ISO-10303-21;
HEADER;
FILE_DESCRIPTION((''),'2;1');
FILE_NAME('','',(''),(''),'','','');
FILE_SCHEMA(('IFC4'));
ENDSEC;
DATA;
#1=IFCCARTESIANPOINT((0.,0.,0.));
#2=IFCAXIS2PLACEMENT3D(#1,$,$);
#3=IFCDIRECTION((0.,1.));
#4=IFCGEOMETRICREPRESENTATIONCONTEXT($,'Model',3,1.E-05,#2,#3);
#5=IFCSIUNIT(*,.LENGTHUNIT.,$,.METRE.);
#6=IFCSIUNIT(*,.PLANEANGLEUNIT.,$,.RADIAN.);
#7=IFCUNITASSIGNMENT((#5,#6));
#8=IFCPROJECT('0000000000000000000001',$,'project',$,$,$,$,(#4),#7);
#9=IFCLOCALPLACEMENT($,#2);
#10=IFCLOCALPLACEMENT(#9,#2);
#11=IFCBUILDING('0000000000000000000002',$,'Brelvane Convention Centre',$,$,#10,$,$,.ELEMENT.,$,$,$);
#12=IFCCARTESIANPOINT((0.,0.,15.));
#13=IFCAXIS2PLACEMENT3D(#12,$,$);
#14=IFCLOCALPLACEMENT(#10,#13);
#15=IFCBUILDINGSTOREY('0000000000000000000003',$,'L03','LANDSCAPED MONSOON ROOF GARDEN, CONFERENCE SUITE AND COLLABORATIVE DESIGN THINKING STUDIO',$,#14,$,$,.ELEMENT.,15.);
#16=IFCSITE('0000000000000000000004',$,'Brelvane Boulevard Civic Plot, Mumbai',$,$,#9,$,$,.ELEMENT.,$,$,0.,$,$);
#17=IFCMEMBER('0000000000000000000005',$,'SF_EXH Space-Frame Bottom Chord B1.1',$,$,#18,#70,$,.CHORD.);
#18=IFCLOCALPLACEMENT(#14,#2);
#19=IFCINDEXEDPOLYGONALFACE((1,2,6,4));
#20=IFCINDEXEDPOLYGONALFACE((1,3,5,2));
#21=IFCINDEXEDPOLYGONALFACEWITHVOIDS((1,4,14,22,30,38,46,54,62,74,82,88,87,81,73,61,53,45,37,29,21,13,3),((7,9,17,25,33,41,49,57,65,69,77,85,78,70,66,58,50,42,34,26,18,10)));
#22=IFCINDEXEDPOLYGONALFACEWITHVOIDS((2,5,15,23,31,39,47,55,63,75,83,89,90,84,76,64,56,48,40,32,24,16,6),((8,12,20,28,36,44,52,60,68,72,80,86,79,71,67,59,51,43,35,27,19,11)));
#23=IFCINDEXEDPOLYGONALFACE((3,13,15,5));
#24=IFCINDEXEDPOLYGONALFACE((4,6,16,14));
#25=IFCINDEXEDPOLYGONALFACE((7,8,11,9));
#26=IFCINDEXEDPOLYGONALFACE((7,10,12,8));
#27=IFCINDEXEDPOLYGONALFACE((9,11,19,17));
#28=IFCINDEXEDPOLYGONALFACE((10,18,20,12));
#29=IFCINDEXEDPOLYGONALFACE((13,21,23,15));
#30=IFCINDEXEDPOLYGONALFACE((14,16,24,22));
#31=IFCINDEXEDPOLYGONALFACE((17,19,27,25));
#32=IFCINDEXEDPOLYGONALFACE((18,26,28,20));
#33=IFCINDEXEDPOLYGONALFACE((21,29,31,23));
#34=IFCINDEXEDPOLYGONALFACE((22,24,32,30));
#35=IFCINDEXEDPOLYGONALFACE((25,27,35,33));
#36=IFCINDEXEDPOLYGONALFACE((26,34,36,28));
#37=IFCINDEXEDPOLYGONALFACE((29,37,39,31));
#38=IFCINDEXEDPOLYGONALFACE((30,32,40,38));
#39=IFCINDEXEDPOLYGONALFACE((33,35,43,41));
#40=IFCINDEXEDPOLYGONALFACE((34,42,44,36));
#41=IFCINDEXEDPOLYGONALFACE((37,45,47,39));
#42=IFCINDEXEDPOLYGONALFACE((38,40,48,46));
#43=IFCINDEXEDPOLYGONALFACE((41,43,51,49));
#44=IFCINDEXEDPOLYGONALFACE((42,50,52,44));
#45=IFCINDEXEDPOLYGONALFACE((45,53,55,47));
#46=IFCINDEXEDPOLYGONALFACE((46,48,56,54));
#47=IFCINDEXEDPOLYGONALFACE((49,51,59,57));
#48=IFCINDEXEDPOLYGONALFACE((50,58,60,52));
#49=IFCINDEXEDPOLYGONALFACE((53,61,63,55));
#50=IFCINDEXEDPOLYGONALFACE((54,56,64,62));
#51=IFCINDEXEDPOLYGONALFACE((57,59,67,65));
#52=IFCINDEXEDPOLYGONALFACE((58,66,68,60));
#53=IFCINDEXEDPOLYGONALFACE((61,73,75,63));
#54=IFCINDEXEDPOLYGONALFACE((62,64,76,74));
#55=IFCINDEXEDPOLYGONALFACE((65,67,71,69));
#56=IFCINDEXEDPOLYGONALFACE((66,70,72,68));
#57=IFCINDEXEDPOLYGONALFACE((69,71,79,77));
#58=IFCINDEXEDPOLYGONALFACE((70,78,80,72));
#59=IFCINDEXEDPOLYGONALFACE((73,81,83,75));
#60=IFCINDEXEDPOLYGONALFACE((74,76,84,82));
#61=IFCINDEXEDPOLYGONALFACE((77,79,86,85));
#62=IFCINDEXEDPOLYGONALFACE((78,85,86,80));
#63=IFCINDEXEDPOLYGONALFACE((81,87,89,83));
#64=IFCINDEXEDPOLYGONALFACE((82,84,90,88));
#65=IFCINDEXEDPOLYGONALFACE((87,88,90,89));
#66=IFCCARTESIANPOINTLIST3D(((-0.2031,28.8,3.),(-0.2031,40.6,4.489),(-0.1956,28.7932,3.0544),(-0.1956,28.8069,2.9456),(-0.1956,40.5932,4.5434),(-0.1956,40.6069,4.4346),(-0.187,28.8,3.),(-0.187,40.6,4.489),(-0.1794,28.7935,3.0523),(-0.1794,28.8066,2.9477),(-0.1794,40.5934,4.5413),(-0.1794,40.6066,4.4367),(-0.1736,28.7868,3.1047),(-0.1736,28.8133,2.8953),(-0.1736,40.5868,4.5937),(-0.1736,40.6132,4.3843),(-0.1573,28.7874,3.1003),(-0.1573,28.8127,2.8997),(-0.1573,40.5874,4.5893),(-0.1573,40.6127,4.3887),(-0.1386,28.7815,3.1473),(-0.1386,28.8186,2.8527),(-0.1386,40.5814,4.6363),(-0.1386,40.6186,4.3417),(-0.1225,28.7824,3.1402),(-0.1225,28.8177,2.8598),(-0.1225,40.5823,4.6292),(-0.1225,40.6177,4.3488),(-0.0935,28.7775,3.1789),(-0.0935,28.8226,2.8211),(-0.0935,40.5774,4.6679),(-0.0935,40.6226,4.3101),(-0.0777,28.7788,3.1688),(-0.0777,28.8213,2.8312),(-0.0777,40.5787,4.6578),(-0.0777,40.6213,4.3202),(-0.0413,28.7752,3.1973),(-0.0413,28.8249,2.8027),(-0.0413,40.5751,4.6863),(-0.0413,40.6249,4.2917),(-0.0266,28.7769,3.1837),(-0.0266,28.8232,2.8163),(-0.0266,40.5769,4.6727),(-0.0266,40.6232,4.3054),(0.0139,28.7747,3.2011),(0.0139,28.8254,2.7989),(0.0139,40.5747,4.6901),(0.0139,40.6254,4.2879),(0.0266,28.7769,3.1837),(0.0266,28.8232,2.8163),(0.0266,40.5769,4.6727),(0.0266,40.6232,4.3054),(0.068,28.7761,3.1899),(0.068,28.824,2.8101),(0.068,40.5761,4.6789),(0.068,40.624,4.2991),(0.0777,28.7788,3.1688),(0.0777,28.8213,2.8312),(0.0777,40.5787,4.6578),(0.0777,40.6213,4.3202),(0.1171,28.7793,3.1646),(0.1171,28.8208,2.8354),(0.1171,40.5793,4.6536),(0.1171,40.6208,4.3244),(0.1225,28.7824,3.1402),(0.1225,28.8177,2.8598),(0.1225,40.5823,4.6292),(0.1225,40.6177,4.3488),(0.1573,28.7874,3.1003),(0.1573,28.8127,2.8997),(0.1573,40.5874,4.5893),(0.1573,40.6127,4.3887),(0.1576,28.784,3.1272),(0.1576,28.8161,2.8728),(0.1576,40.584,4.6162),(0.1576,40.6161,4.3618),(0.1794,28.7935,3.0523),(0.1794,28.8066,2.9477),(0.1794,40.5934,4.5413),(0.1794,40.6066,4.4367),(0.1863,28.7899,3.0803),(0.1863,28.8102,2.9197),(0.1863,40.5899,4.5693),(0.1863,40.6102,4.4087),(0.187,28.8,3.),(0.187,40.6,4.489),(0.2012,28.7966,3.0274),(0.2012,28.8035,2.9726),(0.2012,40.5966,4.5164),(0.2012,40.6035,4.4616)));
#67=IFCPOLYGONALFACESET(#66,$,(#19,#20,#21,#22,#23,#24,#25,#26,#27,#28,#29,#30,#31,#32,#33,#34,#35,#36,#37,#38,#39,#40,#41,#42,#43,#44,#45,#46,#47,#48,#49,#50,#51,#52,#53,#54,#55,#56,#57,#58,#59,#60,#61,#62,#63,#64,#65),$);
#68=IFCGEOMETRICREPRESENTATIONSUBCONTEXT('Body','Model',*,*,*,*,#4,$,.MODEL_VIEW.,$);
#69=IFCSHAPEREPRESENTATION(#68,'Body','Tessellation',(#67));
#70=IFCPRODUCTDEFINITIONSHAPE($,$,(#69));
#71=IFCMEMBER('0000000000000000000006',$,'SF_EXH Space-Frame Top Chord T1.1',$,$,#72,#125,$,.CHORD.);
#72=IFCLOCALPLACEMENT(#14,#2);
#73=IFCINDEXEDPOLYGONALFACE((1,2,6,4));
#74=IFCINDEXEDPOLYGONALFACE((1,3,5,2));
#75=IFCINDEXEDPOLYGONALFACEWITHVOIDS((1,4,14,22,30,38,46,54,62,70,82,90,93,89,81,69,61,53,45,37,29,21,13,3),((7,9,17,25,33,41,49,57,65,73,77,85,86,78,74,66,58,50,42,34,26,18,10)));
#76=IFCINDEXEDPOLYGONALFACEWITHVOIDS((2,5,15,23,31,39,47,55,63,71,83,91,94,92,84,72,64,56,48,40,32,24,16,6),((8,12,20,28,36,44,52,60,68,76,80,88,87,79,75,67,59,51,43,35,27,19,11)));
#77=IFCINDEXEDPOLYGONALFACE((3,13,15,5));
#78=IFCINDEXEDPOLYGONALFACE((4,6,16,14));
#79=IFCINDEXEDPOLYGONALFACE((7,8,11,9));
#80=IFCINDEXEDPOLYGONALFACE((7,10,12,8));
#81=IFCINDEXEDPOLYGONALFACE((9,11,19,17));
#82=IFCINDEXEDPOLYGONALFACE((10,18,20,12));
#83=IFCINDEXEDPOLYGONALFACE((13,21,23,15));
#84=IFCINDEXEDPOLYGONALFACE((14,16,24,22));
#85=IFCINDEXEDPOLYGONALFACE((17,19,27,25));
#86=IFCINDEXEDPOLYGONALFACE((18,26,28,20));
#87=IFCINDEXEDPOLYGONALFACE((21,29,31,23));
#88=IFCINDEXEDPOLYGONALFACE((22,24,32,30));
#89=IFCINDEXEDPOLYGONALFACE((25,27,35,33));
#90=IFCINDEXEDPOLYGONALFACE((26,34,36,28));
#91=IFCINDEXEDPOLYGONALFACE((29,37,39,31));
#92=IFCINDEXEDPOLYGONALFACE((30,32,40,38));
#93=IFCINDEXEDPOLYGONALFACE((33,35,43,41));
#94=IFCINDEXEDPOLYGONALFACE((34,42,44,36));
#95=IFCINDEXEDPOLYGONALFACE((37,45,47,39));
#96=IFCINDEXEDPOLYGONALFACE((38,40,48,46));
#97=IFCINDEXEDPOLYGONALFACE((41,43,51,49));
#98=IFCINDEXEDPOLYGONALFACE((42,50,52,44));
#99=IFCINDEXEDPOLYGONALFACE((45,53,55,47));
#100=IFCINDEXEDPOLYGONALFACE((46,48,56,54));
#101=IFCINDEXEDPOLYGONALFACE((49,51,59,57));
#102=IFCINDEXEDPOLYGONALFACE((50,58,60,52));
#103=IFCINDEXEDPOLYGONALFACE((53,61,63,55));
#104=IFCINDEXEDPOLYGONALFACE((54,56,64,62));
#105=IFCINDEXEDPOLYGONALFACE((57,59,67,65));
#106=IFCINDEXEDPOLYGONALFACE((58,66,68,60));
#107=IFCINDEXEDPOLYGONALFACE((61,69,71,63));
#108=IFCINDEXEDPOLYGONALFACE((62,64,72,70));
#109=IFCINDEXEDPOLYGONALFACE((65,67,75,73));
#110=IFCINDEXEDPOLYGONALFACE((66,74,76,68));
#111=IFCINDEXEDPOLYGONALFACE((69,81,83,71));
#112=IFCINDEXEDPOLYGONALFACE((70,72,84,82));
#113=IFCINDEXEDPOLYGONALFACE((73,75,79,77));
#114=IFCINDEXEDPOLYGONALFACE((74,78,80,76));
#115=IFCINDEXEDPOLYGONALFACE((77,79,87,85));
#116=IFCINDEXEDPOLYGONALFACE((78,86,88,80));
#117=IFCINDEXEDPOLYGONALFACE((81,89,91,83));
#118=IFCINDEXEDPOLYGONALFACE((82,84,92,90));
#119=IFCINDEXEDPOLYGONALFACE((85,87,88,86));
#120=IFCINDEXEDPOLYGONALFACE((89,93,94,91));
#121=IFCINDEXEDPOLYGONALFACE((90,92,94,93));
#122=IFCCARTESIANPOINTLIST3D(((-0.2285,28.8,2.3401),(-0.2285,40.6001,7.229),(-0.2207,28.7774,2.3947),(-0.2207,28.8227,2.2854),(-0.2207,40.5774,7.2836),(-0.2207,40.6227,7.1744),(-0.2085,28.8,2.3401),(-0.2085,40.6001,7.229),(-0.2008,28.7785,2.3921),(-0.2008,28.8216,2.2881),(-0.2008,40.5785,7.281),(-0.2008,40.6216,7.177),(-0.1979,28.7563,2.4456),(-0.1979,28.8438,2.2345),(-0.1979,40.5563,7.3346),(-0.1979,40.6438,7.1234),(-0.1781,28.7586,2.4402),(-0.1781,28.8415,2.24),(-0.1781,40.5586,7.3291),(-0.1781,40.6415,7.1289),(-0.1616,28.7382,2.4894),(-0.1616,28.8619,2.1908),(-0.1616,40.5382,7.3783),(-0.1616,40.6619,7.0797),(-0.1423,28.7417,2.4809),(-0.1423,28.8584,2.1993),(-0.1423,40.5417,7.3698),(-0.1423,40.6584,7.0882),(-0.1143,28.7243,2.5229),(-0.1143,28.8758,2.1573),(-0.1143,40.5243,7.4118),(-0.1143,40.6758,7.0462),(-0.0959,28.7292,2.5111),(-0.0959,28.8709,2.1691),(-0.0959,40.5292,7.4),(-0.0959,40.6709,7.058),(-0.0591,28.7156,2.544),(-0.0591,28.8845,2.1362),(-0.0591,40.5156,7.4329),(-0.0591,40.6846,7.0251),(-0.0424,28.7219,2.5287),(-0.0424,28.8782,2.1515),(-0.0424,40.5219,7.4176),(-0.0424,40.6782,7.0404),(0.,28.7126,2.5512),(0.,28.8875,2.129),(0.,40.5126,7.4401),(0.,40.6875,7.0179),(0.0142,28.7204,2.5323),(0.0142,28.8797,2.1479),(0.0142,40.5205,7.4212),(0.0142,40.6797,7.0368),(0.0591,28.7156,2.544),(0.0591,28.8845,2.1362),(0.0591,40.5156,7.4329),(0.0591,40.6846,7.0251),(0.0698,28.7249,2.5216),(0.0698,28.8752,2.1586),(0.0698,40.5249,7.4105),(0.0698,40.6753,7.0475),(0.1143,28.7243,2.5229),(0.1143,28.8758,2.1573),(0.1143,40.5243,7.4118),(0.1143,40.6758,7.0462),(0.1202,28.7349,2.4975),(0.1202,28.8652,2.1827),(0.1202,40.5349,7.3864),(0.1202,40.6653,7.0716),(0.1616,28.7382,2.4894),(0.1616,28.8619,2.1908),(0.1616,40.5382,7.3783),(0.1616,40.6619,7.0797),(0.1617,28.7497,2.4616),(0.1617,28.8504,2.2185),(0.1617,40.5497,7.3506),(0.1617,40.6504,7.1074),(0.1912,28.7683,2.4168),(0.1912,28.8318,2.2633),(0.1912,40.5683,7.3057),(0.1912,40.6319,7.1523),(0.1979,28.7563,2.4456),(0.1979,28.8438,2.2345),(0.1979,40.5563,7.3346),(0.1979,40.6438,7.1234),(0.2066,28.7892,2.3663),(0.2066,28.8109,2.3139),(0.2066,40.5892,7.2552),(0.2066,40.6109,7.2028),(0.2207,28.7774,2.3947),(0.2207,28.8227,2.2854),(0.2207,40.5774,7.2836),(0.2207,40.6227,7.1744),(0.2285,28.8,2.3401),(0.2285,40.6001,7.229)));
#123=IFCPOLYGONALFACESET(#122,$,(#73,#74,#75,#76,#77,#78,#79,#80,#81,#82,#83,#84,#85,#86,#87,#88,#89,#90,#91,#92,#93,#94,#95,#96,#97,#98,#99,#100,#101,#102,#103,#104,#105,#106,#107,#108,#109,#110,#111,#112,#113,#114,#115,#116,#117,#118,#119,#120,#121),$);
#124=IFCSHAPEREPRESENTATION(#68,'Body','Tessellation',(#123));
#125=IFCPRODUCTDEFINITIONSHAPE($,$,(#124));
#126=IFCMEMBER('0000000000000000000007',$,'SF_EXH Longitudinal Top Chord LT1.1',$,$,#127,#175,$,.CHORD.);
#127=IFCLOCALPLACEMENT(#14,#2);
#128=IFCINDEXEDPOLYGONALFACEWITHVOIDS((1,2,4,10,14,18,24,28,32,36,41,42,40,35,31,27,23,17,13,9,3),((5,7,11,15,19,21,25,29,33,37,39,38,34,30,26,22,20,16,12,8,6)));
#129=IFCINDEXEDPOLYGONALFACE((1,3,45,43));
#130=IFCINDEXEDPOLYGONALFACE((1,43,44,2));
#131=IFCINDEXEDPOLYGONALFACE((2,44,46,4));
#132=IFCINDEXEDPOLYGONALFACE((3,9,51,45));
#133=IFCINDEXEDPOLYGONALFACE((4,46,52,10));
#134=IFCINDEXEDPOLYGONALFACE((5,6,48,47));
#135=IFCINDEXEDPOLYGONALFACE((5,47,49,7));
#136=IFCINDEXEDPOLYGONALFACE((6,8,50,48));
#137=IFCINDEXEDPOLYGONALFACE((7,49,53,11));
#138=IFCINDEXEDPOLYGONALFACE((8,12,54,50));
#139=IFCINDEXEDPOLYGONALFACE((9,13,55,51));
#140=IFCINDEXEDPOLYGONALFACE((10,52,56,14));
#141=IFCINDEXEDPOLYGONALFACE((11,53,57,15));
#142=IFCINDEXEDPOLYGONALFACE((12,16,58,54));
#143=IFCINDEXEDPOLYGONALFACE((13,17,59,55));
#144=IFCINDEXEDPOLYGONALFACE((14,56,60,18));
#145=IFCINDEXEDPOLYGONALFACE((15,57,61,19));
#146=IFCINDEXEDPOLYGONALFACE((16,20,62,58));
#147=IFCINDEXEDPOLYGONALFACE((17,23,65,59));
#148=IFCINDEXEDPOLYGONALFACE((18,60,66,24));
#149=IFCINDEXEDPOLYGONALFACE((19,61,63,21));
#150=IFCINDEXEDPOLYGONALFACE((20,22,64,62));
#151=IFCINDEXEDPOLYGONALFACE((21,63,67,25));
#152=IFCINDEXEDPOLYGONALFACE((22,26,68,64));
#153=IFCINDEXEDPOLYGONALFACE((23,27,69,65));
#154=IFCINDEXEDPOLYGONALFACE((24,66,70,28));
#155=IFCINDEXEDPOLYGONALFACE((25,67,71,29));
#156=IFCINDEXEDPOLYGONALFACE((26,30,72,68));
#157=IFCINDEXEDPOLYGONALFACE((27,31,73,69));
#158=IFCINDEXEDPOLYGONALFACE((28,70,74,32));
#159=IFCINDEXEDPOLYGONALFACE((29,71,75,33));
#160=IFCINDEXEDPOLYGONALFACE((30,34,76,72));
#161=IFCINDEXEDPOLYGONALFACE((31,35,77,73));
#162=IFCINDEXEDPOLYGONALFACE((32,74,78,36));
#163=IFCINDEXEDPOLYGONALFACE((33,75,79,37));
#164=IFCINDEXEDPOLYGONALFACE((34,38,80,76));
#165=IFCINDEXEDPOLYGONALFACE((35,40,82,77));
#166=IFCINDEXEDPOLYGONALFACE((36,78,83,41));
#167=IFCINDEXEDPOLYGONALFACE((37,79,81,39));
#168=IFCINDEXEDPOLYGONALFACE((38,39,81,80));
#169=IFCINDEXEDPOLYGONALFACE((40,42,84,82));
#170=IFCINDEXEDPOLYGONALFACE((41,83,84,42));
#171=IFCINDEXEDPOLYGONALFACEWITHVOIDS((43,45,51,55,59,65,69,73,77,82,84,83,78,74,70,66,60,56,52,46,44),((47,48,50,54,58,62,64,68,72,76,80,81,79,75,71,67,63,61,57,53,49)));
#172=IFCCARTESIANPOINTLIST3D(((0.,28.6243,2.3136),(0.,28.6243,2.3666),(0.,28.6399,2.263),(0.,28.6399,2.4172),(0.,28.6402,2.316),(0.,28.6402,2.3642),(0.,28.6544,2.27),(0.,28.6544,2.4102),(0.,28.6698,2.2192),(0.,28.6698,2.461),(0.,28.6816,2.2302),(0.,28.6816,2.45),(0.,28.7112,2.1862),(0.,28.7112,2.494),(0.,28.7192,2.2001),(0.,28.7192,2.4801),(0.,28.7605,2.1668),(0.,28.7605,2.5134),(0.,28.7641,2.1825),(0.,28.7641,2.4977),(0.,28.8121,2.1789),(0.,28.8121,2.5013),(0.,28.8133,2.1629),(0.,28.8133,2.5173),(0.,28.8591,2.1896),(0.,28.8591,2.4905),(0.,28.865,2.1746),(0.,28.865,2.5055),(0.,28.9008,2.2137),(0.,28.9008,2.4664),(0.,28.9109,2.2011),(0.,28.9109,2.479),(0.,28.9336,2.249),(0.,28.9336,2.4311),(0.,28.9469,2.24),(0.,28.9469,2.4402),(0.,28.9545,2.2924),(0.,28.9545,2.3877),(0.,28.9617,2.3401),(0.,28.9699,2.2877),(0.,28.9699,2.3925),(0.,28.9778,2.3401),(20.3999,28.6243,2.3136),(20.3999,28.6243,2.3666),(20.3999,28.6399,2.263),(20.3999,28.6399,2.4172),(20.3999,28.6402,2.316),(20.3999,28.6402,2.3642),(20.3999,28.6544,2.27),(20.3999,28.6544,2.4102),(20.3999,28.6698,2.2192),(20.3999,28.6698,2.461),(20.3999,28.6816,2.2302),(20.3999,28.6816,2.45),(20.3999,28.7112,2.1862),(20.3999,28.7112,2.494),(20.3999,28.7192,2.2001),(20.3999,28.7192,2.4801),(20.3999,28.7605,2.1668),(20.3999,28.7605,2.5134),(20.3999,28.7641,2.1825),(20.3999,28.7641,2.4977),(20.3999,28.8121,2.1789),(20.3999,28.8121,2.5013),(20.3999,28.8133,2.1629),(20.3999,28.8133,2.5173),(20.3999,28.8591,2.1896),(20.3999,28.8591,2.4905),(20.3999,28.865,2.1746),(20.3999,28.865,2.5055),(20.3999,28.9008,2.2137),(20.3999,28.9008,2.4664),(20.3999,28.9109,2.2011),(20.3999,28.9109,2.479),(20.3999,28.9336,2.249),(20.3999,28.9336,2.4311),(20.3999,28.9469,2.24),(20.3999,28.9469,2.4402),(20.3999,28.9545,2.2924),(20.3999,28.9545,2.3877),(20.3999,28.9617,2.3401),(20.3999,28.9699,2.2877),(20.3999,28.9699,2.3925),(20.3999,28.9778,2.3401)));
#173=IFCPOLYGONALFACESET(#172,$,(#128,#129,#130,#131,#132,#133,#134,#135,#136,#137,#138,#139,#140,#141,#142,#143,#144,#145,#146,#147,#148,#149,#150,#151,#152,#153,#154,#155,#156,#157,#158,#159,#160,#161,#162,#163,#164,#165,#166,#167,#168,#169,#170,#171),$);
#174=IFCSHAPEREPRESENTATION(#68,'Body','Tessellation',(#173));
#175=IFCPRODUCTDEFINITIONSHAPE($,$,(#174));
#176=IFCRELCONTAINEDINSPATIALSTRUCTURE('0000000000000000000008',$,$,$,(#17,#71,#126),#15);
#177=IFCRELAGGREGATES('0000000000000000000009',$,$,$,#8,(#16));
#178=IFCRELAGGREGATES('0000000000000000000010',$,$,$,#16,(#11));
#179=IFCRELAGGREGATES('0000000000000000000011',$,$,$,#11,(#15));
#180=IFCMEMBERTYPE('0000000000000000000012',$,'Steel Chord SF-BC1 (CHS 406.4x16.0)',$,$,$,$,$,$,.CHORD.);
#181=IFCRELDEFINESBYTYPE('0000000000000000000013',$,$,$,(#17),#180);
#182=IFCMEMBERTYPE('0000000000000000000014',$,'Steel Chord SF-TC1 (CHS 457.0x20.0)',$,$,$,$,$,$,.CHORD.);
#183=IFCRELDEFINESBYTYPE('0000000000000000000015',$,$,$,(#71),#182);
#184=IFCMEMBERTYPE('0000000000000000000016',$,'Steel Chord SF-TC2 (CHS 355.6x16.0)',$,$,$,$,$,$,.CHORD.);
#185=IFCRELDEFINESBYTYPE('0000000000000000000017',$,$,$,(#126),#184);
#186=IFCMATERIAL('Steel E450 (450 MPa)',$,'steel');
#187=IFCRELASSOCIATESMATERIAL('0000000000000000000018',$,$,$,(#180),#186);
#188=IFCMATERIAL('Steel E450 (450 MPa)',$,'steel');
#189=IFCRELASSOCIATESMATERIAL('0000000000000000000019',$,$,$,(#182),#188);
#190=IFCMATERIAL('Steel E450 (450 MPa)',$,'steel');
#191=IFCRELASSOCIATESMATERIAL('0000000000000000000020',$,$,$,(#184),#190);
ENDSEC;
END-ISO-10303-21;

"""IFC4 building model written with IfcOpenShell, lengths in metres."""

from ifc_helpers import new_model, si_unit, direction, frame, origin, origin_2d, place, context, subcontext, project, spatial, hollow_circle, extrude, material, material_profile, profile_set, type_object, element, save


model = new_model("IFC4")

# Units and contexts
model_context = context("Model", 3, precision=1e-05, world=origin(), true_north=direction((0.0, 1.0)))
body_context = subcontext(model_context, "Body", "Model", "MODEL_VIEW")
ifc_project = project(units=[si_unit("LENGTHUNIT", "METRE"), si_unit("PLANEANGLEUNIT", "RADIAN")], contexts=[model_context])

# Site, building, storey
site_placement = place(None, origin())
site = spatial("IfcSite", under=ifc_project, at=site_placement, Name="Brelvane Boulevard Civic Plot, Mumbai", CompositionType="ELEMENT", RefElevation=0.0)
building_placement = place(site_placement, origin())
building = spatial("IfcBuilding", under=site, at=building_placement, Name="Brelvane Convention Centre", CompositionType="ELEMENT")
storey_placement = place(building_placement, frame((0.0, 0.0, 15.0)))
storey = spatial("IfcBuildingStorey", under=building, at=storey_placement, Name="L03", Description="LANDSCAPED MONSOON ROOF GARDEN, CONFERENCE SUITE AND COLLABORATIVE DESIGN THINKING STUDIO", CompositionType="ELEMENT", Elevation=15.0)

# Members
ifc_material_1 = material(Name="Steel E450 (450 MPa)", Category="steel")
ifc_material_profile_1 = material_profile(ifc_material_1, hollow_circle(Radius=0.2031, WallThickness=0.0161, at=origin_2d()), Name="CHS 406.4x16.0")
ifc_profile_set_1 = profile_set([ifc_material_profile_1], Name="Steel E450 (450 MPa)")
member_type_1 = type_object("IfcMemberType", Name="Steel Chord SF-BC1 (CHS 406.4x16.0)", PredefinedType="CHORD", material=ifc_profile_set_1)
member_1_placement = place(storey_placement, frame((0.0, 28.8, 3.0), z_axis=(0.0, 0.992132, 0.125194), x_axis=(-1.0, 0.0, 0.0)))
element("IfcMember", 1, at=member_1_placement, inside=storey, type_object=member_type_1, Name="SF_EXH Space-Frame Bottom Chord B1.1", PredefinedType="CHORD", context=body_context, shape_type="SweptSolid", body=[
    extrude(hollow_circle(Radius=0.2031, WallThickness=0.0161, at=origin_2d()), origin(), (0.0, 0.0, 1.0), 11.8936),
])
ifc_material_2 = material(Name="Steel E450 (450 MPa)", Category="steel")
ifc_material_profile_2 = material_profile(ifc_material_2, hollow_circle(Radius=0.2285, WallThickness=0.02, at=origin_2d()), Name="CHS 457.0x20.0")
ifc_profile_set_2 = profile_set([ifc_material_profile_2], Name="Steel E450 (450 MPa)")
member_type_2 = type_object("IfcMemberType", Name="Steel Chord SF-TC1 (CHS 457.0x20.0)", PredefinedType="CHORD", material=ifc_profile_set_2)
member_2_placement = place(storey_placement, frame((0.0, 28.8, 2.3401), z_axis=(0.0, 0.923847, 0.382762), x_axis=(-1.0, 0.0, 0.0)))
element("IfcMember", 2, at=member_2_placement, inside=storey, type_object=member_type_2, Name="SF_EXH Space-Frame Top Chord T1.1", PredefinedType="CHORD", context=body_context, shape_type="SweptSolid", body=[
    extrude(hollow_circle(Radius=0.2285, WallThickness=0.02, at=origin_2d()), origin(), (0.0, 0.0, 1.0), 12.7727),
])
ifc_material_3 = material(Name="Steel E450 (450 MPa)", Category="steel")
ifc_material_profile_3 = material_profile(ifc_material_3, hollow_circle(Radius=0.1777, WallThickness=0.0161, at=origin_2d()), Name="CHS 355.6x16.0")
ifc_profile_set_3 = profile_set([ifc_material_profile_3], Name="Steel E450 (450 MPa)")
member_type_3 = type_object("IfcMemberType", Name="Steel Chord SF-TC2 (CHS 355.6x16.0)", PredefinedType="CHORD", material=ifc_profile_set_3)
member_3_placement = place(storey_placement, frame((0.0, 28.8, 2.3401), z_axis=(1.0, 0.0, 0.0), x_axis=(0.0, 1.0, 0.0)))
element("IfcMember", 3, at=member_3_placement, inside=storey, type_object=member_type_3, Name="SF_EXH Longitudinal Top Chord LT1.1", PredefinedType="CHORD", context=body_context, shape_type="SweptSolid", body=[
    extrude(hollow_circle(Radius=0.1777, WallThickness=0.0161, at=origin_2d()), origin(), (0.0, 0.0, 1.0), 20.3999),
])

save(model, "model.ifc")
